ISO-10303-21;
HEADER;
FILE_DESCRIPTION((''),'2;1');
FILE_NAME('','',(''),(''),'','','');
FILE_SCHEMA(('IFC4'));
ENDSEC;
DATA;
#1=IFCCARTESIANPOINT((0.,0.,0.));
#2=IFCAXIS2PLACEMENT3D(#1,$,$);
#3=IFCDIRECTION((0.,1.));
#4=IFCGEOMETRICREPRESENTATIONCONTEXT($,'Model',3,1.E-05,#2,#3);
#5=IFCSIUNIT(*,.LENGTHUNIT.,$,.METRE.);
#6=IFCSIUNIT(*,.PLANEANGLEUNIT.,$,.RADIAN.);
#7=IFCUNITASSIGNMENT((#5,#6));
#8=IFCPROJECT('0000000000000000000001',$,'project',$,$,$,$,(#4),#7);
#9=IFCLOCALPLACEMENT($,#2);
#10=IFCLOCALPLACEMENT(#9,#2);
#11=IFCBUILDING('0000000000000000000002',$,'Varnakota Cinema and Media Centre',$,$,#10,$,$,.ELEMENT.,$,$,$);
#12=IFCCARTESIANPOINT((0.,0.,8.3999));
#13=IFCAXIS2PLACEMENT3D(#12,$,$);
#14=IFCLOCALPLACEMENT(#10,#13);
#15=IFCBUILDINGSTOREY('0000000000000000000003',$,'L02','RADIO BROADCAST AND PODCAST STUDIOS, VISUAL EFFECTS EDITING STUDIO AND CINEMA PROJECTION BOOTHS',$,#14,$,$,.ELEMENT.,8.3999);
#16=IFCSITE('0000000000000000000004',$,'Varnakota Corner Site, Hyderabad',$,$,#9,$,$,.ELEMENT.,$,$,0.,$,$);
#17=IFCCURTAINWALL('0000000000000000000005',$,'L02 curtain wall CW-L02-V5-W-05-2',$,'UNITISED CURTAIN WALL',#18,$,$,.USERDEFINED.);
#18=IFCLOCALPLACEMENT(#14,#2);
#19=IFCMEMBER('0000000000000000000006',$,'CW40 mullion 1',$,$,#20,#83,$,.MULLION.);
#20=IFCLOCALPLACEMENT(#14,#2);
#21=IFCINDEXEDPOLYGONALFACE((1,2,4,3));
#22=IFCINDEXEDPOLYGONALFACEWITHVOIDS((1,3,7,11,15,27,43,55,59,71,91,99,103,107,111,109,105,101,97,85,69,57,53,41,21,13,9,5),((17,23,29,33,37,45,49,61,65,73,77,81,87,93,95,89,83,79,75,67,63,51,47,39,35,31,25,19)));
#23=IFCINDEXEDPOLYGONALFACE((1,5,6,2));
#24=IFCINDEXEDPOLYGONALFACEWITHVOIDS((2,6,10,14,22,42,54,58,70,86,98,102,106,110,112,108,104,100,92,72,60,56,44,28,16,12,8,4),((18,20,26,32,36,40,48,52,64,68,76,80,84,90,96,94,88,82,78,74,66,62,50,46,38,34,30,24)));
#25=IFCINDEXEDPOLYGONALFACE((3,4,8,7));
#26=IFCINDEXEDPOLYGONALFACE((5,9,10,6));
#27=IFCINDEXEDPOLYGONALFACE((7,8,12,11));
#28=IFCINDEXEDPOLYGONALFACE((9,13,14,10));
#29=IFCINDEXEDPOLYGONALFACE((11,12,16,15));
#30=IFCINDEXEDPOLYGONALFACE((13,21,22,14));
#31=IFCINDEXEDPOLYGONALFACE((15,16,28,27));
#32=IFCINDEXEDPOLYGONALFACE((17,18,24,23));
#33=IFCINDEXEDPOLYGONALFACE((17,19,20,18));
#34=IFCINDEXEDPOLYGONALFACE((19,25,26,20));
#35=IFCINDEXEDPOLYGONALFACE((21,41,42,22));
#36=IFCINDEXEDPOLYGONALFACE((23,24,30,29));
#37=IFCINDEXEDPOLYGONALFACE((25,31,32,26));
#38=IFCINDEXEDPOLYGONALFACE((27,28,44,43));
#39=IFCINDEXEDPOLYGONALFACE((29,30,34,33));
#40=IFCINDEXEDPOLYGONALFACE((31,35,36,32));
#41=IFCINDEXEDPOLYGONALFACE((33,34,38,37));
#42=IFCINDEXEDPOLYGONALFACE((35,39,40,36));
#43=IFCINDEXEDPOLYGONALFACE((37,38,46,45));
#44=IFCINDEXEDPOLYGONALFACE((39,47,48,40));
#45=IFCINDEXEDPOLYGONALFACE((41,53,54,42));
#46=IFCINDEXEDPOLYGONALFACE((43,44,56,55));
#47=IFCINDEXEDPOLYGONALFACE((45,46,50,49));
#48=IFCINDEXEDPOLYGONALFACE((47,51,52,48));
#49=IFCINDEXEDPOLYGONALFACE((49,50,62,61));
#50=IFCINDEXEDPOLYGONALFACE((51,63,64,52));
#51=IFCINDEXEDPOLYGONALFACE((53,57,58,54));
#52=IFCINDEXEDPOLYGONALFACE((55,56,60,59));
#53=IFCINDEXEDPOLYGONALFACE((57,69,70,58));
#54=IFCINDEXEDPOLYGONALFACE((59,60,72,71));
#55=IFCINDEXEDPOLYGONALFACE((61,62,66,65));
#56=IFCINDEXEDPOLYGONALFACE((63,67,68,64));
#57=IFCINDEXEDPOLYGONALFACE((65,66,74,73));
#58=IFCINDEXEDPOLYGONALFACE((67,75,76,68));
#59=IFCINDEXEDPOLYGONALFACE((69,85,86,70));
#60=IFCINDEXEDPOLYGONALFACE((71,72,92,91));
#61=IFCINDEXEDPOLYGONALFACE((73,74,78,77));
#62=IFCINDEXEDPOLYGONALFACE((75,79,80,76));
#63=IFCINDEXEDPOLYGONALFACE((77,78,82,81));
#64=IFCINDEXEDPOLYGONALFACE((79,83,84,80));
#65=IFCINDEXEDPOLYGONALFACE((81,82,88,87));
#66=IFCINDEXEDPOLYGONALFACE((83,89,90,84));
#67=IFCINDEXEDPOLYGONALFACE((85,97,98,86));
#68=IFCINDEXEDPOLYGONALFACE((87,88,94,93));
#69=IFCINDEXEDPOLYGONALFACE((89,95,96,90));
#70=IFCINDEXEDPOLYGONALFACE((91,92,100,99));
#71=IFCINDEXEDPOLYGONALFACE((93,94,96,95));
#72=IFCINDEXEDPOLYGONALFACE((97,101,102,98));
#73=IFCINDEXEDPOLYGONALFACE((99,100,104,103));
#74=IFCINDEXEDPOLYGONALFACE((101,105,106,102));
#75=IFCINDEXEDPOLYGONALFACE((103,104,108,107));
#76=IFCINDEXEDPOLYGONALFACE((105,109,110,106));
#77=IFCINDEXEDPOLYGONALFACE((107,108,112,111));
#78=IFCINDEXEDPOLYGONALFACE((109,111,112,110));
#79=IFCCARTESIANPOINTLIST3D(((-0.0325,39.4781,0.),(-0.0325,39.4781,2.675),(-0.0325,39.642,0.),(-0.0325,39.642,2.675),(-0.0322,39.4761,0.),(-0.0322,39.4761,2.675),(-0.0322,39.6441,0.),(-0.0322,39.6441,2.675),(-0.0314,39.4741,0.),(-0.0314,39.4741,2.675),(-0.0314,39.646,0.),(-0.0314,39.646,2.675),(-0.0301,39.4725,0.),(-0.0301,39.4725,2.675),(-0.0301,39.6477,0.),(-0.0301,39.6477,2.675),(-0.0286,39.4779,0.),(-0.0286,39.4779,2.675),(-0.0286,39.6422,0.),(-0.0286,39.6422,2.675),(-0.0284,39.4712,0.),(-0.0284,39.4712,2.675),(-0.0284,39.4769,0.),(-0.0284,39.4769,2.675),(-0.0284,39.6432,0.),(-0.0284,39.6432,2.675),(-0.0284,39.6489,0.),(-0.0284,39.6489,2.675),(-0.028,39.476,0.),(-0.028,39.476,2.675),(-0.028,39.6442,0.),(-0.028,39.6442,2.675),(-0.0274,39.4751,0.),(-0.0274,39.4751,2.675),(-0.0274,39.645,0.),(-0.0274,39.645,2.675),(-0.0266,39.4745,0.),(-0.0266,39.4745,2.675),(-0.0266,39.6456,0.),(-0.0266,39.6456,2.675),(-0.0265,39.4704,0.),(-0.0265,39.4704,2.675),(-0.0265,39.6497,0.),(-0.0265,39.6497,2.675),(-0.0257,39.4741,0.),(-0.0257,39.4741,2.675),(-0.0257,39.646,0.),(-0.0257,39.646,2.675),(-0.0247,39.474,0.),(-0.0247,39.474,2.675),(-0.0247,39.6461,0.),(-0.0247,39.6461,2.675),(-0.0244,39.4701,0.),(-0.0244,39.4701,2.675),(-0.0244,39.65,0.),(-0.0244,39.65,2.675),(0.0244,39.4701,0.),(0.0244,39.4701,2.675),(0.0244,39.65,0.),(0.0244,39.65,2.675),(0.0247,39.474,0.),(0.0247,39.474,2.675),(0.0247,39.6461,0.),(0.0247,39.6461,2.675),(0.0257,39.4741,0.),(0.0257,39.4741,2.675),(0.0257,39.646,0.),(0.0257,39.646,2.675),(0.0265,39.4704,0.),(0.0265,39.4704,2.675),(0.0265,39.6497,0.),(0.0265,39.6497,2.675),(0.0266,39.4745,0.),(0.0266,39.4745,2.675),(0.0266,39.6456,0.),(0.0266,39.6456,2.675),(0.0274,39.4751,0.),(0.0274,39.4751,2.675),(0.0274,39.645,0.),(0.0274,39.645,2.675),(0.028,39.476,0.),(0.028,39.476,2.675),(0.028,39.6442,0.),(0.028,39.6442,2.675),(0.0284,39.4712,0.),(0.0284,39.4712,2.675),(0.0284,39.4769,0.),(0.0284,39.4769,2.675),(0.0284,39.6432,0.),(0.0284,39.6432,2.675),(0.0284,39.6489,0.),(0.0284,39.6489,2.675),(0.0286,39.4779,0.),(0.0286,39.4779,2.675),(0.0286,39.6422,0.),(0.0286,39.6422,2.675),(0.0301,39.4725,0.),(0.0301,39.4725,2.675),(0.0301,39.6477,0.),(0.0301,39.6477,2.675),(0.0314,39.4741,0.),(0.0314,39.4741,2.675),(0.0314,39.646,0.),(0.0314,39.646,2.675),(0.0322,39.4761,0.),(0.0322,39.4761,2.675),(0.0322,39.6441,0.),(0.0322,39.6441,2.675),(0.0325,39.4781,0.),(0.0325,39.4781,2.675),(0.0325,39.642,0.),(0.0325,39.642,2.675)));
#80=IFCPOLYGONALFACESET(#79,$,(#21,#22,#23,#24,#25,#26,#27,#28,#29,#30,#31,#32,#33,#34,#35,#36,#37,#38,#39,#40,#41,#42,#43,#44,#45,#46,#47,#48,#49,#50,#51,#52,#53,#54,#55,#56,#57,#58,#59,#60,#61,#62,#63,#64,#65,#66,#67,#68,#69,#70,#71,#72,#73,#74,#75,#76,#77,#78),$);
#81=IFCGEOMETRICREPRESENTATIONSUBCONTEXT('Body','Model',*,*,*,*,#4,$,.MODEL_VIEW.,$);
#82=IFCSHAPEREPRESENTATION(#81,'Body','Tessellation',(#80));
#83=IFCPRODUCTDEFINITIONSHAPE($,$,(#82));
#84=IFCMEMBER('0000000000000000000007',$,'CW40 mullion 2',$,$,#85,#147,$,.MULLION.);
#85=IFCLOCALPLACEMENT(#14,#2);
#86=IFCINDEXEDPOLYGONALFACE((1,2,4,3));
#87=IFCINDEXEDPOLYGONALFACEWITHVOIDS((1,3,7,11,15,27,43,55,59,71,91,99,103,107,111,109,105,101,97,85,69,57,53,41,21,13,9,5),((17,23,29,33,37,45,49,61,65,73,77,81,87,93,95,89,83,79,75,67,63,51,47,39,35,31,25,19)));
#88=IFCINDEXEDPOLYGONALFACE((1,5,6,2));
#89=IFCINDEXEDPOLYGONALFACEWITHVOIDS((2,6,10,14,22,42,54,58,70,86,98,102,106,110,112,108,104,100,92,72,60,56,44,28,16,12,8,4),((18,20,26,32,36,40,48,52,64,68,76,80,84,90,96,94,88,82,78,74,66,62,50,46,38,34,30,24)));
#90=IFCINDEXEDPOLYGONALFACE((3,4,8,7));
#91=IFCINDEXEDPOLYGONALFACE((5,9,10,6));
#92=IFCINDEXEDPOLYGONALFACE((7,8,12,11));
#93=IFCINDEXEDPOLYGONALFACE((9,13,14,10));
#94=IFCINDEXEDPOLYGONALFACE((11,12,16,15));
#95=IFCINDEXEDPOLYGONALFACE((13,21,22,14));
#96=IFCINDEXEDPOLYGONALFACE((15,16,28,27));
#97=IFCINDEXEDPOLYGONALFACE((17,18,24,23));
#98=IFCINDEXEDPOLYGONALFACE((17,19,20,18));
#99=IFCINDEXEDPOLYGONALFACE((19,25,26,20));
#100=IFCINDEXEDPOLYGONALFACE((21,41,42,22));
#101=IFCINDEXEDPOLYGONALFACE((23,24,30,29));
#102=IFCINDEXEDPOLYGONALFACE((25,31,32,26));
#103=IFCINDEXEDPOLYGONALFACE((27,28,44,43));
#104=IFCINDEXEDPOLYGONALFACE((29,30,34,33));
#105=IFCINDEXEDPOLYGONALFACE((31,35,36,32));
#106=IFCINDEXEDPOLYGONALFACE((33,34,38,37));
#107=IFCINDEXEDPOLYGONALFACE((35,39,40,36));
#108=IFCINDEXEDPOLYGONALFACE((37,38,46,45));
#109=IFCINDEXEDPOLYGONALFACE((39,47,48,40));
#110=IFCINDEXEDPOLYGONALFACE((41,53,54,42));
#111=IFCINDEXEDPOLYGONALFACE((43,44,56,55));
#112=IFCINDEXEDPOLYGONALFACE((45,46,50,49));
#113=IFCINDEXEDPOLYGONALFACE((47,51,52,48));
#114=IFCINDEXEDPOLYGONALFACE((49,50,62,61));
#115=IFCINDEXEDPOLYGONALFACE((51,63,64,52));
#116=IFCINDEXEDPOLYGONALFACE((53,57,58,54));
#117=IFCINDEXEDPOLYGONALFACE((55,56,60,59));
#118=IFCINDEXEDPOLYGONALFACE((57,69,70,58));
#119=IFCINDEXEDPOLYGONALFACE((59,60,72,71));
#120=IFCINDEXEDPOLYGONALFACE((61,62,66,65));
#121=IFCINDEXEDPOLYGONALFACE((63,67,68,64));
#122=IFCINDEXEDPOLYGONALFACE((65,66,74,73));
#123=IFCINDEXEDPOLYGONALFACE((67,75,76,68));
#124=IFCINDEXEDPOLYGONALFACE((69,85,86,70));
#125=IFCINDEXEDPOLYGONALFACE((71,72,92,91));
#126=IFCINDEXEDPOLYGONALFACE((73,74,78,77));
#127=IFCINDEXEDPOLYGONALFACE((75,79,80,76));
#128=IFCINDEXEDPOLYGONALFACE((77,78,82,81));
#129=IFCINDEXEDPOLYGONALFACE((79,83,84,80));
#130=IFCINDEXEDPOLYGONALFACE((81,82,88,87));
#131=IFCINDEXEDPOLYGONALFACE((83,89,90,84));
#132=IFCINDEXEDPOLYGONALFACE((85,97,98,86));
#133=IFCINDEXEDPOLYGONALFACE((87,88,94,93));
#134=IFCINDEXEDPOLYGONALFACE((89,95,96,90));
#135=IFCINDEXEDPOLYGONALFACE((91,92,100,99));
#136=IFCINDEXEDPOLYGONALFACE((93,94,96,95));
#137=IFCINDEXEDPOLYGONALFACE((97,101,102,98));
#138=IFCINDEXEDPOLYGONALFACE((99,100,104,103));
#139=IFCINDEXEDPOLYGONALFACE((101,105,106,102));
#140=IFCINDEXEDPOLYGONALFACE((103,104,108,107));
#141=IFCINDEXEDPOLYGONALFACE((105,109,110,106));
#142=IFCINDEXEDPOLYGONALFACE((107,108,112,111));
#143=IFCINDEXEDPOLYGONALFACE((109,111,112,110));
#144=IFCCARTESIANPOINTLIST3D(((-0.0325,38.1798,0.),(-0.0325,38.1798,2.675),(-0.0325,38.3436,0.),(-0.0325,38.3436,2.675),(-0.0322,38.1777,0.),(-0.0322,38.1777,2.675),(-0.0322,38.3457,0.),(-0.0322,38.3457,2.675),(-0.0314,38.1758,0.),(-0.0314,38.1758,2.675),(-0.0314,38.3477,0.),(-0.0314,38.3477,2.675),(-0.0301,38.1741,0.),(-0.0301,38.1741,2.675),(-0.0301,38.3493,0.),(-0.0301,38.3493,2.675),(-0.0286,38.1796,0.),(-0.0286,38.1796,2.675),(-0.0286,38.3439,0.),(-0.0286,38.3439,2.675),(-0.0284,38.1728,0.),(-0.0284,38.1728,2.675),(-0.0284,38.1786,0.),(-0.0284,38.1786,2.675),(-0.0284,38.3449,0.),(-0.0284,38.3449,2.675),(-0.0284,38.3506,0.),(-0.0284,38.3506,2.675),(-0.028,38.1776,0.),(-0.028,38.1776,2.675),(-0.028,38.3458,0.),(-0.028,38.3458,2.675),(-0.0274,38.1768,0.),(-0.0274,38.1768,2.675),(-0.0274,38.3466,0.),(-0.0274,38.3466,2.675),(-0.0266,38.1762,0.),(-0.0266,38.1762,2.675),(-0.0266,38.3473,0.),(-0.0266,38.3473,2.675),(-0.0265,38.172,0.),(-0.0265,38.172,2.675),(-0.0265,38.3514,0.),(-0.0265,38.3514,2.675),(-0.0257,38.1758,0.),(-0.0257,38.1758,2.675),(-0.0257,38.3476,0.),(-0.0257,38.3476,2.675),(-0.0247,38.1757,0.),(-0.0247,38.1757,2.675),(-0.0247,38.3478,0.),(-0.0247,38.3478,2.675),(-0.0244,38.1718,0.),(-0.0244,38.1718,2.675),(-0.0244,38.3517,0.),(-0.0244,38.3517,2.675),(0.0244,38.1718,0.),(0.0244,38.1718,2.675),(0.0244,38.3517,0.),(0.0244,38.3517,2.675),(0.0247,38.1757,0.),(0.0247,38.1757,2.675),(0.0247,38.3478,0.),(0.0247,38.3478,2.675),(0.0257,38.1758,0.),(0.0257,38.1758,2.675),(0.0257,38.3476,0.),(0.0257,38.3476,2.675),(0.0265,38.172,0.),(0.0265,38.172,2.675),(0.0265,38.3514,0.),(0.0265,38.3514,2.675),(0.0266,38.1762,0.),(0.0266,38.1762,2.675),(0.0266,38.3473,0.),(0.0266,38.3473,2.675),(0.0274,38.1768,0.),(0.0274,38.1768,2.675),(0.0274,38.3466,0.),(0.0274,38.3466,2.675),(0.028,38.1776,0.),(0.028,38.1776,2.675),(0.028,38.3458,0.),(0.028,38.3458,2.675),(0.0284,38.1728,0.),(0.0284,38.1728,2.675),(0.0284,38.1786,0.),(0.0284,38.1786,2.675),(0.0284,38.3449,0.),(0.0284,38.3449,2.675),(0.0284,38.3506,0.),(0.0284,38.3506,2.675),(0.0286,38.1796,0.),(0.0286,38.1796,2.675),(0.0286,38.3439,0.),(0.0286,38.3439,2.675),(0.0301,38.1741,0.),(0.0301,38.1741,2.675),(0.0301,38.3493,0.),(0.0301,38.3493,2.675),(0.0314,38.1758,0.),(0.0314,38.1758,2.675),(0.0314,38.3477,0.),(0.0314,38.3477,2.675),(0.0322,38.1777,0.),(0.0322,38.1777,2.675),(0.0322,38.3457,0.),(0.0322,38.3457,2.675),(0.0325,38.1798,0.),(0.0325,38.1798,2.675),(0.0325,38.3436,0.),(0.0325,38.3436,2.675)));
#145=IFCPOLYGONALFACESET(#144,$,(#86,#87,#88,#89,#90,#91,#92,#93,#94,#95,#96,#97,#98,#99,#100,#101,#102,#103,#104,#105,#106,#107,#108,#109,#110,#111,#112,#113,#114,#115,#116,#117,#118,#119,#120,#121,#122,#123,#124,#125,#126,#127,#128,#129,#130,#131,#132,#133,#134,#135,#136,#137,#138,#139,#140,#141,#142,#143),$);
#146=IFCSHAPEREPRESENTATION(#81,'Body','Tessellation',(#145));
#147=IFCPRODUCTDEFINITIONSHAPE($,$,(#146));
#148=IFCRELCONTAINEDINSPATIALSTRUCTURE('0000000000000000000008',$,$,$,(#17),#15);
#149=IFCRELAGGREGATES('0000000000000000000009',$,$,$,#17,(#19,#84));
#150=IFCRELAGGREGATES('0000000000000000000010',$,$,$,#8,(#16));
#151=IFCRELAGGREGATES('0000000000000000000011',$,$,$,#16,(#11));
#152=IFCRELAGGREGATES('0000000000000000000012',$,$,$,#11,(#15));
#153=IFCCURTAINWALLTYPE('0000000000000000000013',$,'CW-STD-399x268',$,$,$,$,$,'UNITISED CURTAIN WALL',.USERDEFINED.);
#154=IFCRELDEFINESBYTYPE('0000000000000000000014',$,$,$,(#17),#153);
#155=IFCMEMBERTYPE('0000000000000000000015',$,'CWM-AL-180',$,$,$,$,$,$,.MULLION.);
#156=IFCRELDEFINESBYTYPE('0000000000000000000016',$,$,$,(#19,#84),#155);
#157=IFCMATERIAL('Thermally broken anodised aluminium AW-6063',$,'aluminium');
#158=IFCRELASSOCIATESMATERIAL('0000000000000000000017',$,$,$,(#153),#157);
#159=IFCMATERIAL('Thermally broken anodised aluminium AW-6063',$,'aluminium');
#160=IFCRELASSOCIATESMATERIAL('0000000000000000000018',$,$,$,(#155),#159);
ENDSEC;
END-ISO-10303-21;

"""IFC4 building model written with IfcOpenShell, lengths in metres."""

from ifc_helpers import new_model, si_unit, direction, frame, origin, origin_2d, place, context, subcontext, project, spatial, hollow_rectangle, extrude, material, material_profile, profile_set, type_object, element, aggregate, save


model = new_model("IFC4")

# Units and contexts
model_context = context("Model", 3, precision=1e-05, world=origin(), true_north=direction((0.0, 1.0)))
body_context = subcontext(model_context, "Body", "Model", "MODEL_VIEW")
ifc_project = project(units=[si_unit("LENGTHUNIT", "METRE"), si_unit("PLANEANGLEUNIT", "RADIAN")], contexts=[model_context])

# Site, building, storey
site_placement = place(None, origin())
site = spatial("IfcSite", under=ifc_project, at=site_placement, Name="Varnakota Corner Site, Hyderabad", CompositionType="ELEMENT", RefElevation=0.0)
building_placement = place(site_placement, origin())
building = spatial("IfcBuilding", under=site, at=building_placement, Name="Varnakota Cinema and Media Centre", CompositionType="ELEMENT")
storey_placement = place(building_placement, frame((0.0, 0.0, 8.3999)))
storey = spatial("IfcBuildingStorey", under=building, at=storey_placement, Name="L02", Description="RADIO BROADCAST AND PODCAST STUDIOS, VISUAL EFFECTS EDITING STUDIO AND CINEMA PROJECTION BOOTHS", CompositionType="ELEMENT", Elevation=8.3999)

# Curtain wall, members
ifc_material_1 = material(Name="Thermally broken anodised aluminium AW-6063", Category="aluminium")
curtain_wall_type = type_object("IfcCurtainWallType", Name="CW-STD-399x268", ElementType="UNITISED CURTAIN WALL", PredefinedType="USERDEFINED", material=ifc_material_1)
ifc_material_2 = material(Name="Thermally broken anodised aluminium AW-6063", Category="aluminium")
ifc_material_profile_1 = material_profile(ifc_material_2, hollow_rectangle(XDim=0.0649, YDim=0.1799, WallThickness=0.0039, InnerFilletRadius=0.0039, OuterFilletRadius=0.0081, at=origin_2d()), Name="AL-MULLION 180x65x4")
ifc_profile_set_1 = profile_set([ifc_material_profile_1], Name="Thermally broken anodised aluminium AW-6063")
member_type_1 = type_object("IfcMemberType", Name="CWM-AL-180", PredefinedType="MULLION", material=ifc_profile_set_1)
curtain_wall_1_placement = place(storey_placement, origin())
curtain_wall_1 = element("IfcCurtainWall", 1, at=curtain_wall_1_placement, inside=storey, type_object=curtain_wall_type, Name="L02 curtain wall CW-L02-V5-W-05-2", ObjectType="UNITISED CURTAIN WALL", PredefinedType="USERDEFINED")
member_1_placement = place(storey_placement, frame((0.0, 39.5601, 0.0), z_axis=(0.0, 0.0, 1.0), x_axis=(1.0, 0.0, 0.0)))
member_1 = element("IfcMember", 2, at=member_1_placement, type_object=member_type_1, Name="CW40 mullion 1", PredefinedType="MULLION", context=body_context, shape_type="SweptSolid", body=[
    extrude(hollow_rectangle(XDim=0.0649, YDim=0.1799, WallThickness=0.0039, InnerFilletRadius=0.0039, OuterFilletRadius=0.0081, at=origin_2d()), origin(), (0.0, 0.0, 1.0), 2.675),
])
member_2_placement = place(storey_placement, frame((0.0, 38.2617, 0.0), z_axis=(0.0, 0.0, 1.0), x_axis=(1.0, 0.0, 0.0)))
member_2 = element("IfcMember", 3, at=member_2_placement, type_object=member_type_1, Name="CW40 mullion 2", PredefinedType="MULLION", context=body_context, shape_type="SweptSolid", body=[
    extrude(hollow_rectangle(XDim=0.0649, YDim=0.1799, WallThickness=0.0039, InnerFilletRadius=0.0039, OuterFilletRadius=0.0081, at=origin_2d()), origin(), (0.0, 0.0, 1.0), 2.675),
])

aggregate(curtain_wall_1, [member_1, member_2])

save(model, "model.ifc")
